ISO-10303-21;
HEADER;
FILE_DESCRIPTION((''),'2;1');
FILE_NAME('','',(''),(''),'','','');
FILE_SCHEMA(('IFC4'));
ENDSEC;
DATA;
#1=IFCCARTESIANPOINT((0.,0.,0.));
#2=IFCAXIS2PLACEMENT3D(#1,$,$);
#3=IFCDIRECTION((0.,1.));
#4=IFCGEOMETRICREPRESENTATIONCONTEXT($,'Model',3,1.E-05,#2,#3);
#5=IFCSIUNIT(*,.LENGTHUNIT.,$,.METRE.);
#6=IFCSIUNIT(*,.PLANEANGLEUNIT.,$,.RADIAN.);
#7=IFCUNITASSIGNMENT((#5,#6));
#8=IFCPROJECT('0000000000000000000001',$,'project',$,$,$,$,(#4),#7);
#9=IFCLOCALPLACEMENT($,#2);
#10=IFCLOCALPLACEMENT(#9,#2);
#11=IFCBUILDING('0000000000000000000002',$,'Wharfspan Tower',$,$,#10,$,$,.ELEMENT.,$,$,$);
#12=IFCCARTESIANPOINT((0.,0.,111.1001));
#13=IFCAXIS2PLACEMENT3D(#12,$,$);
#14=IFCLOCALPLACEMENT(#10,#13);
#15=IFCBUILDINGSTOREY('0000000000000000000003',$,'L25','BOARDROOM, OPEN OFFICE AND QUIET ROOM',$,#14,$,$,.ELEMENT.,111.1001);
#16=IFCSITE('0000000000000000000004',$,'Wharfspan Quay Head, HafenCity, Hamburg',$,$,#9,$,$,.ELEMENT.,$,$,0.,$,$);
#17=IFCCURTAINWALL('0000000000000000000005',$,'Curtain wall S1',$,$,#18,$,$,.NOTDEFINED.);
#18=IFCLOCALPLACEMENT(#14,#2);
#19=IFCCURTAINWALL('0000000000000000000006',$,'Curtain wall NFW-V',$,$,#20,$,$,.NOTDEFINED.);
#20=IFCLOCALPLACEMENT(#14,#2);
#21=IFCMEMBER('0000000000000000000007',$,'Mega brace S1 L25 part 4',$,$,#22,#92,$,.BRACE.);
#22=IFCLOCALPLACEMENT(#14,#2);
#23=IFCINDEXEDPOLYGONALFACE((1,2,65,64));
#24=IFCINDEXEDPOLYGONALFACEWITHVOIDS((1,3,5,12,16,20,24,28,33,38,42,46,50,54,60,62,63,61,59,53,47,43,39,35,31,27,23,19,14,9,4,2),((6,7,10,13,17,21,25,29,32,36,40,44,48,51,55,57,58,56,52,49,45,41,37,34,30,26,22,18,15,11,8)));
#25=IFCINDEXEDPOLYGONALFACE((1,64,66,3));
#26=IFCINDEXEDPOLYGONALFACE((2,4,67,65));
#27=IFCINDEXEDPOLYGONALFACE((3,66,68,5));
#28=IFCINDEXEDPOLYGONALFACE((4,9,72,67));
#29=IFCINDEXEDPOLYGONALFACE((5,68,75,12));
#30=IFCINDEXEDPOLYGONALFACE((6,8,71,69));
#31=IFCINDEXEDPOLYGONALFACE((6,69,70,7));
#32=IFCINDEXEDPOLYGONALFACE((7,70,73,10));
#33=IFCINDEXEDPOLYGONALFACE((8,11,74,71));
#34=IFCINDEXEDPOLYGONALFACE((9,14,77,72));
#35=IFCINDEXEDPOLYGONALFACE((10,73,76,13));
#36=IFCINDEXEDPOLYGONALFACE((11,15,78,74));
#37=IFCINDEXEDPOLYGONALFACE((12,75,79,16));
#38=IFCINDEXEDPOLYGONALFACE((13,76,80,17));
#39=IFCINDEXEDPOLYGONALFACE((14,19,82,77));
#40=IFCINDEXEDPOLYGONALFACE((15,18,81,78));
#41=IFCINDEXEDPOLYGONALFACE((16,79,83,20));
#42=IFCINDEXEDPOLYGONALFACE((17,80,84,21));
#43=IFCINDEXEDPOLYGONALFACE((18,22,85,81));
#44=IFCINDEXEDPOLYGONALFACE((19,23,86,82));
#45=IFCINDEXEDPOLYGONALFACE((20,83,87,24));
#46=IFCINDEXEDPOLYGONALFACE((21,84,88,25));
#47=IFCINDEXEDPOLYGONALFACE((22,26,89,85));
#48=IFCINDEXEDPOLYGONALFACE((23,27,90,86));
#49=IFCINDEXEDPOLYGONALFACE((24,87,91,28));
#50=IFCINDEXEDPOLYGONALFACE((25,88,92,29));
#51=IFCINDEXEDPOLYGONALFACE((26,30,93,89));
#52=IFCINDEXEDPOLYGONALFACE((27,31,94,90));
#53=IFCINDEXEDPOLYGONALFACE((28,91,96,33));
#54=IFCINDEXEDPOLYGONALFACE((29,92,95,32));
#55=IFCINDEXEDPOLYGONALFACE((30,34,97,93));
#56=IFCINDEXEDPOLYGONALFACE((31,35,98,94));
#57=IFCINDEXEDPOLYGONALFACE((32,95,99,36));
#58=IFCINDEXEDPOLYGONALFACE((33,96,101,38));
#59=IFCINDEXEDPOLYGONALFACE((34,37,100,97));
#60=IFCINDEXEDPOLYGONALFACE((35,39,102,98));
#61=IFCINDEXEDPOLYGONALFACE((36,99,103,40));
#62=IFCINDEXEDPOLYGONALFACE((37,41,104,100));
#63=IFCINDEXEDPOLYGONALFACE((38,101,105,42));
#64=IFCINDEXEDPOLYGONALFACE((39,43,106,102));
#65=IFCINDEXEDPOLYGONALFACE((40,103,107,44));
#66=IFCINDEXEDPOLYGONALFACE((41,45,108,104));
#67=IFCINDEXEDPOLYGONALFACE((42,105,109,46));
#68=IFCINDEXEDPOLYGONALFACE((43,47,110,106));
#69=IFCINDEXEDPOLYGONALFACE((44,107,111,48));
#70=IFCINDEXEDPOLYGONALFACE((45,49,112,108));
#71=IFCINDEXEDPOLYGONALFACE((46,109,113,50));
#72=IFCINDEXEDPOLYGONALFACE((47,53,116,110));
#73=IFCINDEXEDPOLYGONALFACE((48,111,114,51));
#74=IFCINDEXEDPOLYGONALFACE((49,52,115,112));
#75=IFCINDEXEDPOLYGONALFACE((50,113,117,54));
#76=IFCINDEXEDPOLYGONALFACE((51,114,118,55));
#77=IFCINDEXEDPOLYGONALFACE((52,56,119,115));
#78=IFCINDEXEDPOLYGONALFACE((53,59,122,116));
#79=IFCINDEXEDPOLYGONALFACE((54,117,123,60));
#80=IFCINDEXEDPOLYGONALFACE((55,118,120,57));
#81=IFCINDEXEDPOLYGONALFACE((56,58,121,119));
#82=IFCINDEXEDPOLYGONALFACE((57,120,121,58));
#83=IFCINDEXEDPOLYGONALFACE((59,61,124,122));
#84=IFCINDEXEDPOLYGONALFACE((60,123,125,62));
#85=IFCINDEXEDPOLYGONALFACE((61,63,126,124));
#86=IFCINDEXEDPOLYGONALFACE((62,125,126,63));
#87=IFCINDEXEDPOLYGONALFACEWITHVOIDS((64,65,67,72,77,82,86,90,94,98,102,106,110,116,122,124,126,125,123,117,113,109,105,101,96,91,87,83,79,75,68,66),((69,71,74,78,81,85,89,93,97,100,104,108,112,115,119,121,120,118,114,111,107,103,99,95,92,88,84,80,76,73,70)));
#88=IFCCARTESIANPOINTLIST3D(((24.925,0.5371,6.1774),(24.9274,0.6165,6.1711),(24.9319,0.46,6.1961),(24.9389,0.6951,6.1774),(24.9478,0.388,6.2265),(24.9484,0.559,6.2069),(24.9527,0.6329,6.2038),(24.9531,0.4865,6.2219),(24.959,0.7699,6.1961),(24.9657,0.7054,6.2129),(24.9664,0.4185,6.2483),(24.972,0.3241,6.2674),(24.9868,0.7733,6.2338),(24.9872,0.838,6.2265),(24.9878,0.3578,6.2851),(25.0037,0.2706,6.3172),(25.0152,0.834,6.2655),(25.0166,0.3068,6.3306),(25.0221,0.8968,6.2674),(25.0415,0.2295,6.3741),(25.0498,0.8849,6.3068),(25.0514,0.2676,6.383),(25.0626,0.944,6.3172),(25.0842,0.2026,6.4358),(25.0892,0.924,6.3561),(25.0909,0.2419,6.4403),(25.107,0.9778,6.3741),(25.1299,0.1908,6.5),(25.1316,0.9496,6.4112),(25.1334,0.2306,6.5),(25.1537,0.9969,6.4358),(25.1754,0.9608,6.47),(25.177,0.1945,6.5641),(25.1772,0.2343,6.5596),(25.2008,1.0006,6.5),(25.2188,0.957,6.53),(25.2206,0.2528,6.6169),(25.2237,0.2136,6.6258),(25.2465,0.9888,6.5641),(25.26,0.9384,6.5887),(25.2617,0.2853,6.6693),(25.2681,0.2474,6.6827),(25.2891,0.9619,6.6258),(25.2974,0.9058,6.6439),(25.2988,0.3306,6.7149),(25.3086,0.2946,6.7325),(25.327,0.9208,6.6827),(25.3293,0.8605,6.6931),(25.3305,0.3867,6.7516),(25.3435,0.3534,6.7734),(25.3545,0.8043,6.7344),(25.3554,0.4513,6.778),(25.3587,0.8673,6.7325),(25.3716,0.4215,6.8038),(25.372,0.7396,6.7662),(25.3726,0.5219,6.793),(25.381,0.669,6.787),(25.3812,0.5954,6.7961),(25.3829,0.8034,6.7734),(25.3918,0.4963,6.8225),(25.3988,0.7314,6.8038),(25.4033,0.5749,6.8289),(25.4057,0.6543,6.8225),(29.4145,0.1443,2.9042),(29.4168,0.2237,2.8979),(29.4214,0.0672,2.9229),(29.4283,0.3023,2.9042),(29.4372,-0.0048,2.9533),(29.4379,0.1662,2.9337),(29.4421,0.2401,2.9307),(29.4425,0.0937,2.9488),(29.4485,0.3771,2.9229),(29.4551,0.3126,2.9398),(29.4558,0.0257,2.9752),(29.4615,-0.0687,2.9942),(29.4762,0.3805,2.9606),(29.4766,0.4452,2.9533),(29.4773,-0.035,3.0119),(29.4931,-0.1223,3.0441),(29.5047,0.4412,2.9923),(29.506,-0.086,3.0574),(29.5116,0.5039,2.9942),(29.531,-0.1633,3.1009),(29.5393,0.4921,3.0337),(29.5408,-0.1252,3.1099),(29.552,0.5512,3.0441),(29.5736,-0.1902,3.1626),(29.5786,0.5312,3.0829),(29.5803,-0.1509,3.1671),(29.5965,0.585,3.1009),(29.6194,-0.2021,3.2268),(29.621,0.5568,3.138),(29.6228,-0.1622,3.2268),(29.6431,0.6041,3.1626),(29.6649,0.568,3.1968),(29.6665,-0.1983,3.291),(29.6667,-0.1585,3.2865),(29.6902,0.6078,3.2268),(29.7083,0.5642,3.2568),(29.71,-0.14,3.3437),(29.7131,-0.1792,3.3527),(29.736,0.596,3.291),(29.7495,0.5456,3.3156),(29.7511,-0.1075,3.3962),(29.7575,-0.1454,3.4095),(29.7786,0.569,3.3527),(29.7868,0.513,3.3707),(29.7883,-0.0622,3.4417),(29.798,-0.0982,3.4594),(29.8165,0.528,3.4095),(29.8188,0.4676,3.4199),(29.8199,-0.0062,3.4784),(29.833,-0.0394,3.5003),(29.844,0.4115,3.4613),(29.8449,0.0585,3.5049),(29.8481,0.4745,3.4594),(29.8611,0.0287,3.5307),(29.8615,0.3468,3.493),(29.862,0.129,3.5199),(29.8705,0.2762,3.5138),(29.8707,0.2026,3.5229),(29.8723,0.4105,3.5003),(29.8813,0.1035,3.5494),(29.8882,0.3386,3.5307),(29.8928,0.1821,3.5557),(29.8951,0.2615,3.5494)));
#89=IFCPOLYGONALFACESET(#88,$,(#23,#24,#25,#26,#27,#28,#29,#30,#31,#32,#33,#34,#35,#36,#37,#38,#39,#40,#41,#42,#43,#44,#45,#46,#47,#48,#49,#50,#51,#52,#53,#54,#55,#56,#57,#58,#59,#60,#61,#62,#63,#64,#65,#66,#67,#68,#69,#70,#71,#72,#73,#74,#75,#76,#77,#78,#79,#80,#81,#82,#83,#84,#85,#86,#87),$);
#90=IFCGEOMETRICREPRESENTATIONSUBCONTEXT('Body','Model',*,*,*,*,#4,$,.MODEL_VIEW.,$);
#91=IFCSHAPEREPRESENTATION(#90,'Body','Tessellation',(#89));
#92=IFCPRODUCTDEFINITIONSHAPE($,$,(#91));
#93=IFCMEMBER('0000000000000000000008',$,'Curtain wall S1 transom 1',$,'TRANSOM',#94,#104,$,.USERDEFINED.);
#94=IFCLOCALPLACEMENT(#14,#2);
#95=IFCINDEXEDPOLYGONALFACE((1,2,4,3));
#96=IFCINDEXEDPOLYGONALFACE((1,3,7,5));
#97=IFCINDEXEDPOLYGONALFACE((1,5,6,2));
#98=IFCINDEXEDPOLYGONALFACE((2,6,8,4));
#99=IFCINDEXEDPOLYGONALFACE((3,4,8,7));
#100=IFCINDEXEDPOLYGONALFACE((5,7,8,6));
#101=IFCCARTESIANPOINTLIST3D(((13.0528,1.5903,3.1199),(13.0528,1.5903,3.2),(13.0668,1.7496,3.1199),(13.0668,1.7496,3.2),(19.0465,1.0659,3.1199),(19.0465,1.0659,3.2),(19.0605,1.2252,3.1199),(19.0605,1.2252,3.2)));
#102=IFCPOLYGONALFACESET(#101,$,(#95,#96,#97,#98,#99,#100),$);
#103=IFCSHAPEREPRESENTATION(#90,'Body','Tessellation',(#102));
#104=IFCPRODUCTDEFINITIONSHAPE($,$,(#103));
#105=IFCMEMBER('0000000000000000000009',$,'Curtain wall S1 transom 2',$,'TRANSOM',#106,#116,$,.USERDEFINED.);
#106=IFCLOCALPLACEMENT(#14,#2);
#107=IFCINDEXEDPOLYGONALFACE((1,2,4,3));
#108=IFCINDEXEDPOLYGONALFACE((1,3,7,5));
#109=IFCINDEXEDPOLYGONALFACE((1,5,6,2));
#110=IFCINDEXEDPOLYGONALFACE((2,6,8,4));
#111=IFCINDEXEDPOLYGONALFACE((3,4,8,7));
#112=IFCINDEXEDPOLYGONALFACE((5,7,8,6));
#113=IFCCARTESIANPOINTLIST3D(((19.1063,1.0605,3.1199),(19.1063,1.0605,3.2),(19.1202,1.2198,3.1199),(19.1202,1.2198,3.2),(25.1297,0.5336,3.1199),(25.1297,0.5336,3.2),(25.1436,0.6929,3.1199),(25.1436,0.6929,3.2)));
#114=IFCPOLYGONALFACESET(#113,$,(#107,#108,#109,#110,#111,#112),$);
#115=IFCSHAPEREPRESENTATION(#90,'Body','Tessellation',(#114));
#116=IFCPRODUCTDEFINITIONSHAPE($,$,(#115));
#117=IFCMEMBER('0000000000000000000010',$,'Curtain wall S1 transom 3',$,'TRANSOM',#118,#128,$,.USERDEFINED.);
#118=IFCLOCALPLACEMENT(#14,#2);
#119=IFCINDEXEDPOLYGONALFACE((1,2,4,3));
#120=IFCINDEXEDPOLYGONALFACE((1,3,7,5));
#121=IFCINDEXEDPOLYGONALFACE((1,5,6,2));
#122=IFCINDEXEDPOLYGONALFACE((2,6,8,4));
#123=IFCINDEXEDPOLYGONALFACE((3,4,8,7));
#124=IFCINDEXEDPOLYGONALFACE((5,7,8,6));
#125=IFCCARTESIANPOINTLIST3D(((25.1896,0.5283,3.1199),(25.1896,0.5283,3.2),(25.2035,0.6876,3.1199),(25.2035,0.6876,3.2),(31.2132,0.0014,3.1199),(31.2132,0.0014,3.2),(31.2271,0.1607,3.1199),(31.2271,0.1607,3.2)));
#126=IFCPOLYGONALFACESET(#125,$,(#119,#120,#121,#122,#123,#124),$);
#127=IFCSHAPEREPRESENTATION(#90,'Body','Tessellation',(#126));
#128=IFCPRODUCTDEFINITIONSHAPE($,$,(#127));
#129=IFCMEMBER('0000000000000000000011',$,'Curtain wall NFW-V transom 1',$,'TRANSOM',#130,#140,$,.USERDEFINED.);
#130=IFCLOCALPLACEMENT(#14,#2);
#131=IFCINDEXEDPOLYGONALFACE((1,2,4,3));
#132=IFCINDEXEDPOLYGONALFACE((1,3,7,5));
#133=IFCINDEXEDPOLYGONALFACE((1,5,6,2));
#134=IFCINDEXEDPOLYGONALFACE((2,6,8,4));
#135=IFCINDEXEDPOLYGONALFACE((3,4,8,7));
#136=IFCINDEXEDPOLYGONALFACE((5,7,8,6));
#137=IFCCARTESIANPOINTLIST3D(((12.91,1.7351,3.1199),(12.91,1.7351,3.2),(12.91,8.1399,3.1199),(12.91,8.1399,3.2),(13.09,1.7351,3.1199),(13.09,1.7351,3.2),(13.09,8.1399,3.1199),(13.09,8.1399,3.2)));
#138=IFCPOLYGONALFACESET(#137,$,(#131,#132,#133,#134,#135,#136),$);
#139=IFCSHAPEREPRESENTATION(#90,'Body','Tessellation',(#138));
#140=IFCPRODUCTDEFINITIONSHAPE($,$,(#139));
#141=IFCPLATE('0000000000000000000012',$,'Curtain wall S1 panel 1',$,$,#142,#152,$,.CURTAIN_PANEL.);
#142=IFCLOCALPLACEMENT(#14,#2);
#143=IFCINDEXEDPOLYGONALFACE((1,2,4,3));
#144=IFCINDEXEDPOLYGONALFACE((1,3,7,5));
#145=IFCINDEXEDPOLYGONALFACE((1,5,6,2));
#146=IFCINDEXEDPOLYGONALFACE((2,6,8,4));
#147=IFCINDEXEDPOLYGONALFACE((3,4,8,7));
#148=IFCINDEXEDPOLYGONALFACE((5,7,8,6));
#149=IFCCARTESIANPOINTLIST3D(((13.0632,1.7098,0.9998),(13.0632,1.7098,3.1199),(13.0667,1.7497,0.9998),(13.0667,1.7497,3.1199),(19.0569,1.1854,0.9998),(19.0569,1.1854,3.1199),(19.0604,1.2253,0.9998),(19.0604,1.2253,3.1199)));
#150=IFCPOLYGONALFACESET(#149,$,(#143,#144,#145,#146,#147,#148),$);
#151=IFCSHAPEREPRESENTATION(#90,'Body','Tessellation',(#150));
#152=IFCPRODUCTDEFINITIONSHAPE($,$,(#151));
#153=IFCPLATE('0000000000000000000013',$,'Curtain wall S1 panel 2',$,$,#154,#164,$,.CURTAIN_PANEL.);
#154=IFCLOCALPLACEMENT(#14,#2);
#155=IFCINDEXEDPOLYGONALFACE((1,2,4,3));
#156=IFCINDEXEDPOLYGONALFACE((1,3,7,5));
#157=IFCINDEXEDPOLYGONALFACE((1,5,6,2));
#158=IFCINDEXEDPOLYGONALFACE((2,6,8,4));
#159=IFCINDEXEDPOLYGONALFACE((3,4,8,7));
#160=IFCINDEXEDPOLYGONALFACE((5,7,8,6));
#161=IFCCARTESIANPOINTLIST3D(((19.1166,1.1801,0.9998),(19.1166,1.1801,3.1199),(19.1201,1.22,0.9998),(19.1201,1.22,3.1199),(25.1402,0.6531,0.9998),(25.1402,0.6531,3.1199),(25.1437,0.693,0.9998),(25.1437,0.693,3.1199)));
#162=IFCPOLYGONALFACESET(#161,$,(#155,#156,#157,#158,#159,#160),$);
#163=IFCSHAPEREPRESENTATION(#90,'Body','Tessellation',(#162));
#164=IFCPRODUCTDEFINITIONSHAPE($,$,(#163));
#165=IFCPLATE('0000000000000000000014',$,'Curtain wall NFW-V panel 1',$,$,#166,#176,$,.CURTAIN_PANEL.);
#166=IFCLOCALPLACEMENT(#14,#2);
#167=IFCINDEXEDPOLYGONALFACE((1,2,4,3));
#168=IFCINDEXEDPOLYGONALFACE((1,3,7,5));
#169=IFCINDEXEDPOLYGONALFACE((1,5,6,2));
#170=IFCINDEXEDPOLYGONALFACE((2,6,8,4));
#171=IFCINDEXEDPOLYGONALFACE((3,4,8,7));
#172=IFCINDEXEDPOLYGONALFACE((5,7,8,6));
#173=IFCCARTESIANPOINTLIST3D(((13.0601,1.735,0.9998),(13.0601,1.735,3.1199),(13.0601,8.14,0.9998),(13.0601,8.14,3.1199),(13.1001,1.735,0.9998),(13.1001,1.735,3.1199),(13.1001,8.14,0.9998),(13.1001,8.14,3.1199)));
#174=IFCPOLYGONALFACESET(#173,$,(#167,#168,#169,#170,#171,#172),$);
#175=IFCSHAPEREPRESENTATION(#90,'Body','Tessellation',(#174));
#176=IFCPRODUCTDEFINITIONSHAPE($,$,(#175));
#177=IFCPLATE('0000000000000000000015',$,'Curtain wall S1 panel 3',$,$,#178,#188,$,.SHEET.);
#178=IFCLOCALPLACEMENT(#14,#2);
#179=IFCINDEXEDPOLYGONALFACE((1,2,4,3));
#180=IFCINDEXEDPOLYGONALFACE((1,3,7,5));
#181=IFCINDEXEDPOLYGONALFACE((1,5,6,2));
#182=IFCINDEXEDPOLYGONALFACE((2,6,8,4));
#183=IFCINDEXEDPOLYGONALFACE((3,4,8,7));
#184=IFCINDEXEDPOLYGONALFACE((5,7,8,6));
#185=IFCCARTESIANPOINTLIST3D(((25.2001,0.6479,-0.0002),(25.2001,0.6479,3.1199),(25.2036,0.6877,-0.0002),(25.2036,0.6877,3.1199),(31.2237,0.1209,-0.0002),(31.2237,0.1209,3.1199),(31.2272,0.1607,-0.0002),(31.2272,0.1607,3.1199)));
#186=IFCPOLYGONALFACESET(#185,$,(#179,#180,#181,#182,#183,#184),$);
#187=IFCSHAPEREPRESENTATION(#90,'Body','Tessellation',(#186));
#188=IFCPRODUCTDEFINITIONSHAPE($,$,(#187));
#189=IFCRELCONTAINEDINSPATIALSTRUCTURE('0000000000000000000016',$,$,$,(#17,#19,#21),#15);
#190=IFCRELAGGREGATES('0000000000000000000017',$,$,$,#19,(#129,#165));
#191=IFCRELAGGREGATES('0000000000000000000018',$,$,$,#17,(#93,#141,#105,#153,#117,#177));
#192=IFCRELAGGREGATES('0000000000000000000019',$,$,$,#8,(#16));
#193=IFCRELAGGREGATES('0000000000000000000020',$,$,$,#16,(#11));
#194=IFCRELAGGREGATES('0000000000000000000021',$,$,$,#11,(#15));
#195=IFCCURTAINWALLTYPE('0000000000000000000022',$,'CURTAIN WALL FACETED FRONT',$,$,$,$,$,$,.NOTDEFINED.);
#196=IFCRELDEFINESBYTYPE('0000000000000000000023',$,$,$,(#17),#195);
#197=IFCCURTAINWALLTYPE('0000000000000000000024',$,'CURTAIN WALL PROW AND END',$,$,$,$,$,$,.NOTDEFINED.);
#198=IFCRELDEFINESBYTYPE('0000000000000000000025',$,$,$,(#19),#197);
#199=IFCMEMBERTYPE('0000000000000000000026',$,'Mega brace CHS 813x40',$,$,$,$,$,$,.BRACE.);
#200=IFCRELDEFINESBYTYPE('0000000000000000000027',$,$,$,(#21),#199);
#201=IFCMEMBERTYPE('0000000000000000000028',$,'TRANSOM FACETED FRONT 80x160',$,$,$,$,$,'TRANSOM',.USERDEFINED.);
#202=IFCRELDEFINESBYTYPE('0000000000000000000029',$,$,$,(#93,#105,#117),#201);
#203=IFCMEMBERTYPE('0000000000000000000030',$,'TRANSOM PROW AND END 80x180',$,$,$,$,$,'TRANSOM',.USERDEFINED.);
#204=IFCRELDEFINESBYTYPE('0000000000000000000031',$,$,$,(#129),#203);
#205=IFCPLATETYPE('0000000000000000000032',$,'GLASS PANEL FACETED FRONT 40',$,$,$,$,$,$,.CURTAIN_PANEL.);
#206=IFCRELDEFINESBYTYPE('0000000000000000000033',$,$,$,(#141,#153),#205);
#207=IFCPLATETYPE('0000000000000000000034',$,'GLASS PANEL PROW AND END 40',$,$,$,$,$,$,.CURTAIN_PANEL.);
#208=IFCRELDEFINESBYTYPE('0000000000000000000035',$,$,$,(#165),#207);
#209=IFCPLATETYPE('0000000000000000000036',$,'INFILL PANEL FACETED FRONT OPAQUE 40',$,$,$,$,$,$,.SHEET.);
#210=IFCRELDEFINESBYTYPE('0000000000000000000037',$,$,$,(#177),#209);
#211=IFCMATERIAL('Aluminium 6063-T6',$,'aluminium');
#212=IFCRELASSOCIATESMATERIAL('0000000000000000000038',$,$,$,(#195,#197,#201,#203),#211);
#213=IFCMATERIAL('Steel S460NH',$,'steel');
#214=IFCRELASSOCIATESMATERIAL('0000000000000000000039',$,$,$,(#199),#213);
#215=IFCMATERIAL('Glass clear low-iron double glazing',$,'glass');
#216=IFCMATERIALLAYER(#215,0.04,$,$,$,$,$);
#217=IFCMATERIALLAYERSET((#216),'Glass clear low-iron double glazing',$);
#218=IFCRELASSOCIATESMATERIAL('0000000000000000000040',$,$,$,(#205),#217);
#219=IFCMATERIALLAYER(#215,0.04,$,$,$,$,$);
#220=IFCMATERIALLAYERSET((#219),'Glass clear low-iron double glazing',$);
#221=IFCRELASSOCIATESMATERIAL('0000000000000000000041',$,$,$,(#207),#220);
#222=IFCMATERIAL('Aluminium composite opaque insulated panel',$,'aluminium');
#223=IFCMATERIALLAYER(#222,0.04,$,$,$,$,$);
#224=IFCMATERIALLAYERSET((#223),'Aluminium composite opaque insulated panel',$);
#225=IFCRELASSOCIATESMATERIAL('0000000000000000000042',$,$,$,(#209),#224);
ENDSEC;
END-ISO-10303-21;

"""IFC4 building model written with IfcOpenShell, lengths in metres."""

from ifc_helpers import new_model, si_unit, direction, frame, origin, origin_2d, place, context, subcontext, project, spatial, rectangle, hollow_circle, extrude, material, layer, layer_set, material_profile, profile_set, type_object, element, aggregate, save


model = new_model("IFC4")

# Units and contexts
model_context = context("Model", 3, precision=1e-05, world=origin(), true_north=direction((0.0, 1.0)))
body_context = subcontext(model_context, "Body", "Model", "MODEL_VIEW")
ifc_project = project(units=[si_unit("LENGTHUNIT", "METRE"), si_unit("PLANEANGLEUNIT", "RADIAN")], contexts=[model_context])

# Site, building, storey
site_placement = place(None, origin())
site = spatial("IfcSite", under=ifc_project, at=site_placement, Name="Wharfspan Quay Head, HafenCity, Hamburg", CompositionType="ELEMENT", RefElevation=0.0)
building_placement = place(site_placement, origin())
building = spatial("IfcBuilding", under=site, at=building_placement, Name="Wharfspan Tower", CompositionType="ELEMENT")
storey_placement = place(building_placement, frame((0.0, 0.0, 111.1001)))
storey = spatial("IfcBuildingStorey", under=building, at=storey_placement, Name="L25", Description="BOARDROOM, OPEN OFFICE AND QUIET ROOM", CompositionType="ELEMENT", Elevation=111.1001)

# Curtain wall
ifc_material_1 = material(Name="Aluminium 6063-T6", Category="aluminium")
curtain_wall_type_1 = type_object("IfcCurtainWallType", Name="CURTAIN WALL FACETED FRONT", PredefinedType="NOTDEFINED", material=ifc_material_1)
curtain_wall_1_placement = place(storey_placement, origin())
curtain_wall_1 = element("IfcCurtainWall", 1, at=curtain_wall_1_placement, inside=storey, type_object=curtain_wall_type_1, Name="Curtain wall S1", PredefinedType="NOTDEFINED")

# Curtain wall
curtain_wall_type_2 = type_object("IfcCurtainWallType", Name="CURTAIN WALL PROW AND END", PredefinedType="NOTDEFINED", material=ifc_material_1)
curtain_wall_2_placement = place(storey_placement, origin())
curtain_wall_2 = element("IfcCurtainWall", 2, at=curtain_wall_2_placement, inside=storey, type_object=curtain_wall_type_2, Name="Curtain wall NFW-V", PredefinedType="NOTDEFINED")

# Members
ifc_material_2 = material(Name="Steel S460NH", Category="steel")
ifc_material_profile_1 = material_profile(ifc_material_2, hollow_circle(Radius=0.4065, WallThickness=0.04, at=origin_2d()))
ifc_profile_set_1 = profile_set([ifc_material_profile_1], Name="Steel S460NH")
member_type_1 = type_object("IfcMemberType", Name="Mega brace CHS 813x40", PredefinedType="BRACE", material=ifc_profile_set_1)
member_1_placement = place(storey_placement, frame((29.6548, 0.2029, 3.2268), z_axis=(-0.80603, 0.070526, 0.587658), x_axis=(-0.087167, -0.996192, -0.000003)))
element("IfcMember", 3, at=member_1_placement, inside=storey, type_object=member_type_1, Name="Mega brace S1 L25 part 4", PredefinedType="BRACE", context=body_context, shape_type="SweptSolid", body=[
    extrude(hollow_circle(Radius=0.4065, WallThickness=0.04, at=origin_2d()), origin(), (0.0, 0.0, 1.0), 5.5698),
])
ifc_material_profile_2 = material_profile(ifc_material_1, rectangle(XDim=0.1599, YDim=0.0801, at=origin_2d()))
ifc_profile_set_2 = profile_set([ifc_material_profile_2], Name="Aluminium 6063-T6")
member_type_2 = type_object("IfcMemberType", Name="TRANSOM FACETED FRONT 80x160", ElementType="TRANSOM", PredefinedType="USERDEFINED", material=ifc_profile_set_2)
member_2_placement = place(storey_placement, frame((13.0598, 1.6699, 3.1599), z_axis=(0.996194, -0.087162, 0.0), x_axis=(0.087162, 0.996194, 0.0)))
member_2 = element("IfcMember", 4, at=member_2_placement, type_object=member_type_2, Name="Curtain wall S1 transom 1", ObjectType="TRANSOM", PredefinedType="USERDEFINED", context=body_context, shape_type="SweptSolid", body=[
    extrude(rectangle(XDim=0.1599, YDim=0.0801, at=origin_2d()), origin(), (0.0, 0.0, 1.0), 6.0166),
])
member_3_placement = place(storey_placement, frame((19.1133, 1.1401, 3.1599), z_axis=(0.996197, -0.087135, 0.0), x_axis=(0.087135, 0.996197, 0.0)))
member_3 = element("IfcMember", 5, at=member_3_placement, type_object=member_type_2, Name="Curtain wall S1 transom 2", ObjectType="TRANSOM", PredefinedType="USERDEFINED", context=body_context, shape_type="SweptSolid", body=[
    extrude(rectangle(XDim=0.1599, YDim=0.0801, at=origin_2d()), origin(), (0.0, 0.0, 1.0), 6.0464),
])
member_4_placement = place(storey_placement, frame((25.1965, 0.6079, 3.1599), z_axis=(0.996197, -0.087131, 0.0), x_axis=(0.087131, 0.996197, 0.0)))
member_4 = element("IfcMember", 6, at=member_4_placement, type_object=member_type_2, Name="Curtain wall S1 transom 3", ObjectType="TRANSOM", PredefinedType="USERDEFINED", context=body_context, shape_type="SweptSolid", body=[
    extrude(rectangle(XDim=0.1599, YDim=0.0801, at=origin_2d()), origin(), (0.0, 0.0, 1.0), 6.0466),
])
ifc_material_profile_3 = material_profile(ifc_material_1, rectangle(XDim=0.1799, YDim=0.0801, at=origin_2d()))
ifc_profile_set_3 = profile_set([ifc_material_profile_3], Name="Aluminium 6063-T6")
member_type_3 = type_object("IfcMemberType", Name="TRANSOM PROW AND END 80x180", ElementType="TRANSOM", PredefinedType="USERDEFINED", material=ifc_profile_set_3)
member_5_placement = place(storey_placement, frame((13.0, 8.1399, 3.1599), z_axis=(0.0, -1.0, 0.0), x_axis=(1.0, 0.0, 0.0)))
member_5 = element("IfcMember", 7, at=member_5_placement, type_object=member_type_3, Name="Curtain wall NFW-V transom 1", ObjectType="TRANSOM", PredefinedType="USERDEFINED", context=body_context, shape_type="SweptSolid", body=[
    extrude(rectangle(XDim=0.1799, YDim=0.0801, at=origin_2d()), origin(), (0.0, 0.0, 1.0), 6.4048),
])

# Plates
ifc_material_3 = material(Name="Glass clear low-iron double glazing", Category="glass")
ifc_layer_1 = layer(ifc_material_3, 0.04)
ifc_layer_set_1 = layer_set([ifc_layer_1], Name="Glass clear low-iron double glazing")
plate_type_1 = type_object("IfcPlateType", Name="GLASS PANEL FACETED FRONT 40", PredefinedType="CURTAIN_PANEL", material=ifc_layer_set_1)
plate_1_placement = place(storey_placement, frame((16.0618, 1.4675, 0.9998), z_axis=(0.0, 0.0, 1.0), x_axis=(0.996198, -0.087156, 0.0)))
plate_1 = element("IfcPlate", 8, at=plate_1_placement, type_object=plate_type_1, Name="Curtain wall S1 panel 1", PredefinedType="CURTAIN_PANEL", context=body_context, shape_type="SweptSolid", body=[
    extrude(rectangle(XDim=6.0166, YDim=0.04, at=origin_2d()), origin(), (0.0, 0.0, 1.0), 2.1201),
])
plate_2_placement = place(storey_placement, frame((22.1301, 0.9365, 0.9998), z_axis=(0.0, 0.0, 1.0), x_axis=(0.996198, -0.087156, 0.0)))
plate_2 = element("IfcPlate", 9, at=plate_2_placement, type_object=plate_type_1, Name="Curtain wall S1 panel 2", PredefinedType="CURTAIN_PANEL", context=body_context, shape_type="SweptSolid", body=[
    extrude(rectangle(XDim=6.0466, YDim=0.04, at=origin_2d()), origin(), (0.0, 0.0, 1.0), 2.1201),
])
ifc_layer_2 = layer(ifc_material_3, 0.04)
ifc_layer_set_2 = layer_set([ifc_layer_2], Name="Glass clear low-iron double glazing")
plate_type_2 = type_object("IfcPlateType", Name="GLASS PANEL PROW AND END 40", PredefinedType="CURTAIN_PANEL", material=ifc_layer_set_2)
plate_3_placement = place(storey_placement, frame((13.0801, 4.9375, 0.9998), z_axis=(0.0, 0.0, 1.0), x_axis=(0.0, -1.0, 0.0)))
plate_3 = element("IfcPlate", 10, at=plate_3_placement, type_object=plate_type_2, Name="Curtain wall NFW-V panel 1", PredefinedType="CURTAIN_PANEL", context=body_context, shape_type="SweptSolid", body=[
    extrude(rectangle(XDim=6.405, YDim=0.04, at=origin_2d()), origin(), (0.0, 0.0, 1.0), 2.1201),
])
aggregate(curtain_wall_2, [member_5, plate_3])
ifc_material_4 = material(Name="Aluminium composite opaque insulated panel", Category="aluminium")
ifc_layer_3 = layer(ifc_material_4, 0.04)
ifc_layer_set_3 = layer_set([ifc_layer_3], Name="Aluminium composite opaque insulated panel")
plate_type_3 = type_object("IfcPlateType", Name="INFILL PANEL FACETED FRONT OPAQUE 40", PredefinedType="SHEET", material=ifc_layer_set_3)
plate_4_placement = place(storey_placement, frame((28.2136, 0.4043, -0.0002), z_axis=(0.0, 0.0, 1.0), x_axis=(0.996198, -0.087156, 0.0)))
plate_4 = element("IfcPlate", 11, at=plate_4_placement, type_object=plate_type_3, Name="Curtain wall S1 panel 3", PredefinedType="SHEET", context=body_context, shape_type="SweptSolid", body=[
    extrude(rectangle(XDim=6.0466, YDim=0.04, at=origin_2d()), origin(), (0.0, 0.0, 1.0), 3.1201),
])
aggregate(curtain_wall_1, [member_2, plate_1, member_3, plate_2, member_4, plate_4])

save(model, "model.ifc")
